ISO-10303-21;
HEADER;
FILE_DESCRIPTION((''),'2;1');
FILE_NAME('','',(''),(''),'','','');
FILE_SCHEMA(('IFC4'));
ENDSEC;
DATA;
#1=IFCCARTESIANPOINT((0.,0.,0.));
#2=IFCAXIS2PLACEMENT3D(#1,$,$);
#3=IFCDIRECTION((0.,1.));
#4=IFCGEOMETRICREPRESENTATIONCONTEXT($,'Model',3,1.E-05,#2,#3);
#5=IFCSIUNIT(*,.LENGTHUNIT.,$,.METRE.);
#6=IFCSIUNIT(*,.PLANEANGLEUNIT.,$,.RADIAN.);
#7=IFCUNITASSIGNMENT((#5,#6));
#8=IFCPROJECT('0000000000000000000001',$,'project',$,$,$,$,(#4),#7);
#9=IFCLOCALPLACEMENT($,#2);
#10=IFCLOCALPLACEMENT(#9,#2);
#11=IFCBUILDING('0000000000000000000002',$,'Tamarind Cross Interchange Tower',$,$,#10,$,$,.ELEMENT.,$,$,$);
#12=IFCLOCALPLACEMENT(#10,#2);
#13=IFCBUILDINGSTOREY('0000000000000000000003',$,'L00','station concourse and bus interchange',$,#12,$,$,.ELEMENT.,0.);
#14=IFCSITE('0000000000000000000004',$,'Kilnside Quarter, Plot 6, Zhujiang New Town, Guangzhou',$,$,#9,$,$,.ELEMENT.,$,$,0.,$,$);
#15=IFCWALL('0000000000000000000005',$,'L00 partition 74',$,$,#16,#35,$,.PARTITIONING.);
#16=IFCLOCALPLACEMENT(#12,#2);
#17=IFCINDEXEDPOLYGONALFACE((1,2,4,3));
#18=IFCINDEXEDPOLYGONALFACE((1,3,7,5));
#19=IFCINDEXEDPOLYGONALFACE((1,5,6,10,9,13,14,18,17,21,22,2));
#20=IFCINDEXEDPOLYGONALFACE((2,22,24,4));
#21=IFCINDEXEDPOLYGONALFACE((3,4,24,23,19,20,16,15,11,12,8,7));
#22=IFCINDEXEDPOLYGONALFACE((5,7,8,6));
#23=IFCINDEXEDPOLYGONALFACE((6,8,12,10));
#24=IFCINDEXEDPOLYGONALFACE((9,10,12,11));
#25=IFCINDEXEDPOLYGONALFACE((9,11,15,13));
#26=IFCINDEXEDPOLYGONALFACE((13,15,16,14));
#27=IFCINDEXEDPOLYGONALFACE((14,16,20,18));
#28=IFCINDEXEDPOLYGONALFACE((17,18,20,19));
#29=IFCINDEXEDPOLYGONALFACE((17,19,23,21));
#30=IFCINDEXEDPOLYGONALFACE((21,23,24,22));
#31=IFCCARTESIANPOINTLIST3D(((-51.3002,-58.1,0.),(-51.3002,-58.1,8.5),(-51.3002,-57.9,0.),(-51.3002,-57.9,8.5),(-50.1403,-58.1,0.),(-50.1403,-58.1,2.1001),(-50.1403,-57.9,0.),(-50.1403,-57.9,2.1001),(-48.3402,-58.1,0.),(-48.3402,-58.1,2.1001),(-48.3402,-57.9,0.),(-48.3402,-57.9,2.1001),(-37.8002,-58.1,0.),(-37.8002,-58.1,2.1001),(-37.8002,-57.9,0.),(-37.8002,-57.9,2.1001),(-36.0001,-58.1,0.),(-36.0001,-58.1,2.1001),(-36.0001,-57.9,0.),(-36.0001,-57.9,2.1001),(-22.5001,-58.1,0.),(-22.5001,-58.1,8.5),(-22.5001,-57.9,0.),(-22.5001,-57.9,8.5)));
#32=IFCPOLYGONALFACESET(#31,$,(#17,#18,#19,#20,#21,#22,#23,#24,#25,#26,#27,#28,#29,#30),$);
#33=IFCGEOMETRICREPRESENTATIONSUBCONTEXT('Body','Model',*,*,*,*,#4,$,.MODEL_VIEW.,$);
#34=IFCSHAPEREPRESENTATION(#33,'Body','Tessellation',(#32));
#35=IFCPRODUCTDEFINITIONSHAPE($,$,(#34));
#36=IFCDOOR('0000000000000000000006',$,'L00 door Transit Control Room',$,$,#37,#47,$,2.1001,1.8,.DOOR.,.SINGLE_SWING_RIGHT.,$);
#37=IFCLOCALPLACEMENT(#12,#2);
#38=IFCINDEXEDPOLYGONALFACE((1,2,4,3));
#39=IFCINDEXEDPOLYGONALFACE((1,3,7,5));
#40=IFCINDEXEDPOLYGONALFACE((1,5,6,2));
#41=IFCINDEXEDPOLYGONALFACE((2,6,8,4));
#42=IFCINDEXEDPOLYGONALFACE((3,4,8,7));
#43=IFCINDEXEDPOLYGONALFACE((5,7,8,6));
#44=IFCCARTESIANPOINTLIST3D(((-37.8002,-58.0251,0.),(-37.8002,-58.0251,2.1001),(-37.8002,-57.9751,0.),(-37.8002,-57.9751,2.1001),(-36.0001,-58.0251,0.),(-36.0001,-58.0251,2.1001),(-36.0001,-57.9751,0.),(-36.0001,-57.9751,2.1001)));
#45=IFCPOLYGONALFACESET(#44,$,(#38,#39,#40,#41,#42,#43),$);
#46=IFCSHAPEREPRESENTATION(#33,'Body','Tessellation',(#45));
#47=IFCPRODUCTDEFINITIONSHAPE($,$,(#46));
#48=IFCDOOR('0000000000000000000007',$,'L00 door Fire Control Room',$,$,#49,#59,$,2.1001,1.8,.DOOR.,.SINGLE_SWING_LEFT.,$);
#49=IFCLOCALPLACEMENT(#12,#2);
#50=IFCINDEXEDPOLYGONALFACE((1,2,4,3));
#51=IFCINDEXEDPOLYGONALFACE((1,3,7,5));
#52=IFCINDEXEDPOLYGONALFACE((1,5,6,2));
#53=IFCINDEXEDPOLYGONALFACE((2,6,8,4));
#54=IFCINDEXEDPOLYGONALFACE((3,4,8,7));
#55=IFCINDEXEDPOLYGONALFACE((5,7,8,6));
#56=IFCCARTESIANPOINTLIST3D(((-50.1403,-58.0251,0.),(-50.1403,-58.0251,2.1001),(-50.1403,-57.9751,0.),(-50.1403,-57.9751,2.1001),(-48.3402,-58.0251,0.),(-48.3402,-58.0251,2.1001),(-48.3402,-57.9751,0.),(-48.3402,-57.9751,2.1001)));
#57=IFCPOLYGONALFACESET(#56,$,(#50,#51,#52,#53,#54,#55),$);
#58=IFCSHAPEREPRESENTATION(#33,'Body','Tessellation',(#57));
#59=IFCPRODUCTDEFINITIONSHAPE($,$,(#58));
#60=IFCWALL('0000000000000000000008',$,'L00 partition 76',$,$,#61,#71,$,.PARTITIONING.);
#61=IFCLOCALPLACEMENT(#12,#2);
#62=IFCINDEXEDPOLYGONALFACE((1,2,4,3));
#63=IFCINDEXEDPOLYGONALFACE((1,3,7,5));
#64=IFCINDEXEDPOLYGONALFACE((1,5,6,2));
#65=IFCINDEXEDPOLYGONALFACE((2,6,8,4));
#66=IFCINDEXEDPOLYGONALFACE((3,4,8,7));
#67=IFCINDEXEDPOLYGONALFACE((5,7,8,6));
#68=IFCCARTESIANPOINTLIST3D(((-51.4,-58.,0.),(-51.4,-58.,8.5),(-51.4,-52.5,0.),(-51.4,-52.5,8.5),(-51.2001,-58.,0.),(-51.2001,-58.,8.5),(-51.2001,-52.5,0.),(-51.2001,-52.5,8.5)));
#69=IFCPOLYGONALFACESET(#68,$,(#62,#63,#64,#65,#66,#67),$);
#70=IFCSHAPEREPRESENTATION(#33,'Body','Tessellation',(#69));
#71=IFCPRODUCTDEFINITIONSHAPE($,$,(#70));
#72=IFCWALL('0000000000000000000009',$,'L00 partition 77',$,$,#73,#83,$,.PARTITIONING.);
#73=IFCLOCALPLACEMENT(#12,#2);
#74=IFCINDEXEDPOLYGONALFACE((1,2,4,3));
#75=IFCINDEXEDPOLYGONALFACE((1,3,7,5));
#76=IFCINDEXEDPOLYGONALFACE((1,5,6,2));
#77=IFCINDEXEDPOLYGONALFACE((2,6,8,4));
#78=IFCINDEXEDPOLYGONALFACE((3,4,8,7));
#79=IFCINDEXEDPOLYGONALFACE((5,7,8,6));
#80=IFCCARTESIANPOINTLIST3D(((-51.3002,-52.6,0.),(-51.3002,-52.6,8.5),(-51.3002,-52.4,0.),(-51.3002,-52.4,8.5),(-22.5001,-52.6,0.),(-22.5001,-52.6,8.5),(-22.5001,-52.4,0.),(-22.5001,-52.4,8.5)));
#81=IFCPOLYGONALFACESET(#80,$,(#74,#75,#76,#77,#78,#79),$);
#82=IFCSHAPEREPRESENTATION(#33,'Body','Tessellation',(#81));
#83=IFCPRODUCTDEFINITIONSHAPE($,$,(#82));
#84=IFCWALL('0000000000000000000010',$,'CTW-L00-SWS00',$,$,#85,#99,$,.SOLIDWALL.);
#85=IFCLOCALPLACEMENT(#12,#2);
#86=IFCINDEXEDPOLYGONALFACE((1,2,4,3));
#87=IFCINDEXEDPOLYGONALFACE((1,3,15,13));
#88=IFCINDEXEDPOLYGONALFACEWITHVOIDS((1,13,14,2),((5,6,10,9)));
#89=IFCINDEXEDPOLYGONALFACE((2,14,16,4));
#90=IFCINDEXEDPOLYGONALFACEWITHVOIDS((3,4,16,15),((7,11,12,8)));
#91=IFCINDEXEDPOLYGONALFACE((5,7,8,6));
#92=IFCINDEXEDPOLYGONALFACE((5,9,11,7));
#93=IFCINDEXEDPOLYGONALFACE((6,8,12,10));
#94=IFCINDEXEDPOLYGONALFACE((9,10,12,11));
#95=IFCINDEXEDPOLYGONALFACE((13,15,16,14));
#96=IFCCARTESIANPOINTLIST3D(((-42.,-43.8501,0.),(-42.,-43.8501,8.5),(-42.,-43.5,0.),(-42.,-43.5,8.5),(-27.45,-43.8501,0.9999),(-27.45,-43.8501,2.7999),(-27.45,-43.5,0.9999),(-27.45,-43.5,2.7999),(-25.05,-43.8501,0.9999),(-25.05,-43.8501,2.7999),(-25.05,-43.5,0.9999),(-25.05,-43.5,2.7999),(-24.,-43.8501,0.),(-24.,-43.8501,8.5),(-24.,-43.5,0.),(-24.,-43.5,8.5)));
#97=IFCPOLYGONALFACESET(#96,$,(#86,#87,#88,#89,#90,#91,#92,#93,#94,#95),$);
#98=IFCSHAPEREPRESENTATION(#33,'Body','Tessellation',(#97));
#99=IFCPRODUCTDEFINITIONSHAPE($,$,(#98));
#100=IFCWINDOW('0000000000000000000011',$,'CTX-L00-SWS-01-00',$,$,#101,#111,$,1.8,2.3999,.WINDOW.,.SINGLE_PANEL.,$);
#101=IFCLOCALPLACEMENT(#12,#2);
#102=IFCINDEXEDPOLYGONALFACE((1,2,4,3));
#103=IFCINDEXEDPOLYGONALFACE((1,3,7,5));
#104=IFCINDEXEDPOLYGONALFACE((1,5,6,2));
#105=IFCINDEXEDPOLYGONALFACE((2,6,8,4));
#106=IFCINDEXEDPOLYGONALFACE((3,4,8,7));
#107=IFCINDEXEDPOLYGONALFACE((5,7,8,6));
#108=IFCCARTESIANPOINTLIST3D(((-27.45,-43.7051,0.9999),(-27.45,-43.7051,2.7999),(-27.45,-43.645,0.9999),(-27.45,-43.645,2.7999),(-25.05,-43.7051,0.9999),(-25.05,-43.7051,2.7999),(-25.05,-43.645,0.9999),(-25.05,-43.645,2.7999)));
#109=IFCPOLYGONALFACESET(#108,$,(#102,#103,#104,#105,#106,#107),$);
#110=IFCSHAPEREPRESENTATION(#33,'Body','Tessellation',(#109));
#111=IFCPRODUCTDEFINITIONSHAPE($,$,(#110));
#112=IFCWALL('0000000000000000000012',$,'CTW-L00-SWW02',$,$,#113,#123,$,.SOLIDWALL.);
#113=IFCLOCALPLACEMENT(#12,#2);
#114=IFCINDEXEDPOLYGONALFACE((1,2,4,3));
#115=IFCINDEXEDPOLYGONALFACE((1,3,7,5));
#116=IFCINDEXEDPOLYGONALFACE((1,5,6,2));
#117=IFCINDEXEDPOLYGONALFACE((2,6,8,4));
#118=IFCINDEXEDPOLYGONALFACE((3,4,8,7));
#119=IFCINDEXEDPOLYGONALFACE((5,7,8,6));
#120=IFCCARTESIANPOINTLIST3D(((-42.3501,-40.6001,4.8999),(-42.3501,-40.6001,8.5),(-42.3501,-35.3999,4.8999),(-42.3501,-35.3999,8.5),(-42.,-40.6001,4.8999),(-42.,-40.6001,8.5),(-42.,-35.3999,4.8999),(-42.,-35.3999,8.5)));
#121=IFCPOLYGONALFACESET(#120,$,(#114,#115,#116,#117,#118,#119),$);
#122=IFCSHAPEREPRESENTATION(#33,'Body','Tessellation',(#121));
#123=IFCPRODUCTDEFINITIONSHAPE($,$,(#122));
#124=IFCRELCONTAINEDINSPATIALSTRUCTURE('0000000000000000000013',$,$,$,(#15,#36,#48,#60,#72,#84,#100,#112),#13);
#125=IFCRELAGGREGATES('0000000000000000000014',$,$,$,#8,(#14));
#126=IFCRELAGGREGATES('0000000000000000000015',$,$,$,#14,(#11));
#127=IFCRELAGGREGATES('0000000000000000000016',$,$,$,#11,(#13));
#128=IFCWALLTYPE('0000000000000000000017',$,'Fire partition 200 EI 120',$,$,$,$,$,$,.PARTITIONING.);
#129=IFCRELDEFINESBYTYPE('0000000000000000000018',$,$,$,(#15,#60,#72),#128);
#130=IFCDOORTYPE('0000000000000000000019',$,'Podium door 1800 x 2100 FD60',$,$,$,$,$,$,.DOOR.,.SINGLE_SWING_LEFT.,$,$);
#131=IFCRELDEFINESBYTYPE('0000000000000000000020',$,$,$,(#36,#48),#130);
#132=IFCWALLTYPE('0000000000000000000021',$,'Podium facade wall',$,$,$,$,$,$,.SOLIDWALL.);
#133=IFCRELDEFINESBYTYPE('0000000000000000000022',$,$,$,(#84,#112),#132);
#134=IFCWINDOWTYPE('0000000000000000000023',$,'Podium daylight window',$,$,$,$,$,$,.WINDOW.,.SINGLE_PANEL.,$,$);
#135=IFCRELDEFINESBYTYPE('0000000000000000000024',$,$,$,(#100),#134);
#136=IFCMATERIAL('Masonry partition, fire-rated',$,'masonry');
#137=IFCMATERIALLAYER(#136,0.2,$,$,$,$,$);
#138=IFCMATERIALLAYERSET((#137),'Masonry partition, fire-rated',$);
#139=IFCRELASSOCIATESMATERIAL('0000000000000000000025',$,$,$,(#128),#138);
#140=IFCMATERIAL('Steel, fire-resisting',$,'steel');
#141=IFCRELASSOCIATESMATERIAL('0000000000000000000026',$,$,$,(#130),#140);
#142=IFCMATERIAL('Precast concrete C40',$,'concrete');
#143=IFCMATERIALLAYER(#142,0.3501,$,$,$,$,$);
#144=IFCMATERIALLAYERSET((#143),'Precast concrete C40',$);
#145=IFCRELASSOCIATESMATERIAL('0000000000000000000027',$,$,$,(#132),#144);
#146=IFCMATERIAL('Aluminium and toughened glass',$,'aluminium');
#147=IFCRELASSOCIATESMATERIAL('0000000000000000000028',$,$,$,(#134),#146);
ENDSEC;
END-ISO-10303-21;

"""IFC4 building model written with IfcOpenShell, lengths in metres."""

from ifc_helpers import new_model, si_unit, direction, frame, frame_2d, origin, place, context, subcontext, project, spatial, rectangle, extrude, material, layer, layer_set, type_object, element, fill, save


model = new_model("IFC4")

# Units and contexts
model_context = context("Model", 3, precision=1e-05, world=origin(), true_north=direction((0.0, 1.0)))
body_context = subcontext(model_context, "Body", "Model", "MODEL_VIEW")
ifc_project = project(units=[si_unit("LENGTHUNIT", "METRE"), si_unit("PLANEANGLEUNIT", "RADIAN")], contexts=[model_context])

# Site, building, storey
site_placement = place(None, origin())
site = spatial("IfcSite", under=ifc_project, at=site_placement, Name="Kilnside Quarter, Plot 6, Zhujiang New Town, Guangzhou", CompositionType="ELEMENT", RefElevation=0.0)
building_placement = place(site_placement, origin())
building = spatial("IfcBuilding", under=site, at=building_placement, Name="Tamarind Cross Interchange Tower", CompositionType="ELEMENT")
storey_placement = place(building_placement, origin())
storey = spatial("IfcBuildingStorey", under=building, at=storey_placement, Name="L00", Description="station concourse and bus interchange", CompositionType="ELEMENT", Elevation=0.0)

# Shared definitions
ifc_material_1 = material(Name="Precast concrete C40", Category="concrete")

# Wall, openings, doors
ifc_material_2 = material(Name="Masonry partition, fire-rated", Category="masonry")
ifc_layer_1 = layer(ifc_material_2, 0.2)
ifc_layer_set_1 = layer_set([ifc_layer_1], Name="Masonry partition, fire-rated")
wall_type_1 = type_object("IfcWallType", Name="Fire partition 200 EI 120", PredefinedType="PARTITIONING", material=ifc_layer_set_1)
wall_1_placement = place(storey_placement, frame((-51.3, -58.0, 0.0), z_axis=(0.0, 0.0, 1.0), x_axis=(1.0, 0.0, 0.0)))
wall_1 = element("IfcWall", 1, at=wall_1_placement, inside=storey, type_object=wall_type_1, Name="L00 partition 74", PredefinedType="PARTITIONING", context=body_context, shape_type="SweptSolid", body=[
    extrude(rectangle(XDim=28.8, YDim=0.2, at=frame_2d((14.3999, 0.0))), origin(), (0.0, 0.0, 1.0), 8.5),
])
opening_1_placement = place(wall_1_placement, frame((13.5, 0.0, 0.0)))
opening_1 = element("IfcOpeningElement", 2, at=opening_1_placement, cuts=wall_1, PredefinedType="OPENING", context=body_context, shape_type="SweptSolid", body=[
    extrude(rectangle(XDim=1.8, YDim=2.1001, at=frame_2d((0.8999, 1.05))), frame((0.0, 0.1099, 0.0), z_axis=(0.0, -1.0, 0.0), x_axis=(1.0, 0.0, 0.0)), (0.0, 0.0, 1.0), 0.22),
])
opening_2_placement = place(wall_1_placement, frame((1.1599, 0.0, 0.0)))
opening_2 = element("IfcOpeningElement", 3, at=opening_2_placement, cuts=wall_1, PredefinedType="OPENING", context=body_context, shape_type="SweptSolid", body=[
    extrude(rectangle(XDim=1.8, YDim=2.1001, at=frame_2d((0.8999, 1.05))), frame((0.0, 0.1099, 0.0), z_axis=(0.0, -1.0, 0.0), x_axis=(1.0, 0.0, 0.0)), (0.0, 0.0, 1.0), 0.22),
])
ifc_material_3 = material(Name="Steel, fire-resisting", Category="steel")
door_type_1 = type_object("IfcDoorType", Name="Podium door 1800 x 2100 FD60", OperationType="SINGLE_SWING_LEFT", PredefinedType="DOOR", material=ifc_material_3)
door_1_placement = place(opening_1_placement, origin())
door_1 = element("IfcDoor", 4, at=door_1_placement, inside=storey, type_object=door_type_1, Name="L00 door Transit Control Room", OperationType="SINGLE_SWING_RIGHT", OverallHeight=2.1001, OverallWidth=1.8, PredefinedType="DOOR", context=body_context, shape_type="SweptSolid", body=[
    extrude(rectangle(XDim=1.8, YDim=2.1001, at=frame_2d((0.8999, 1.05))), frame((0.0, 0.0249, 0.0), z_axis=(0.0, -1.0, 0.0), x_axis=(1.0, 0.0, 0.0)), (0.0, 0.0, 1.0), 0.05),
])
fill(opening_1, door_1)
door_2_placement = place(opening_2_placement, origin())
door_2 = element("IfcDoor", 5, at=door_2_placement, inside=storey, type_object=door_type_1, Name="L00 door Fire Control Room", OperationType="SINGLE_SWING_LEFT", OverallHeight=2.1001, OverallWidth=1.8, PredefinedType="DOOR", context=body_context, shape_type="SweptSolid", body=[
    extrude(rectangle(XDim=1.8, YDim=2.1001, at=frame_2d((0.8999, 1.05))), frame((0.0, 0.0249, 0.0), z_axis=(0.0, -1.0, 0.0), x_axis=(1.0, 0.0, 0.0)), (0.0, 0.0, 1.0), 0.05),
])
fill(opening_2, door_2)

# Walls
wall_2_placement = place(storey_placement, frame((-51.3, -58.0, 0.0), z_axis=(0.0, 0.0, 1.0), x_axis=(0.0, 1.0, 0.0)))
element("IfcWall", 6, at=wall_2_placement, inside=storey, type_object=wall_type_1, Name="L00 partition 76", PredefinedType="PARTITIONING", context=body_context, shape_type="SweptSolid", body=[
    extrude(rectangle(XDim=5.5, YDim=0.2, at=frame_2d((2.75, 0.0))), origin(), (0.0, 0.0, 1.0), 8.5),
])
wall_3_placement = place(storey_placement, frame((-51.3, -52.5, 0.0), z_axis=(0.0, 0.0, 1.0), x_axis=(1.0, 0.0, 0.0)))
element("IfcWall", 7, at=wall_3_placement, inside=storey, type_object=wall_type_1, Name="L00 partition 77", PredefinedType="PARTITIONING", context=body_context, shape_type="SweptSolid", body=[
    extrude(rectangle(XDim=28.8, YDim=0.2, at=frame_2d((14.3999, 0.0))), origin(), (0.0, 0.0, 1.0), 8.5),
])

# Shared definitions
ifc_layer_2 = layer(ifc_material_1, 0.3501)
ifc_layer_set_2 = layer_set([ifc_layer_2], Name="Precast concrete C40")
wall_type_2 = type_object("IfcWallType", Name="Podium facade wall", PredefinedType="SOLIDWALL", material=ifc_layer_set_2)

# Wall, opening, window
wall_4_placement = place(storey_placement, frame((-42.0, -43.675, 0.0), z_axis=(0.0, 0.0, 1.0), x_axis=(1.0, 0.0, 0.0)))
wall_4 = element("IfcWall", 8, at=wall_4_placement, inside=storey, type_object=wall_type_2, Name="CTW-L00-SWS00", PredefinedType="SOLIDWALL", context=body_context, shape_type="SweptSolid", body=[
    extrude(rectangle(XDim=18.0, YDim=0.3501, at=frame_2d((9.0, 0.0))), origin(), (0.0, 0.0, 1.0), 8.5),
])
opening_3_placement = place(wall_4_placement, frame((14.55, 0.0, 1.0)))
opening_3 = element("IfcOpeningElement", 9, at=opening_3_placement, cuts=wall_4, PredefinedType="OPENING", context=body_context, shape_type="SweptSolid", body=[
    extrude(rectangle(XDim=2.3999, YDim=1.8, at=frame_2d((1.2, 0.8999))), frame((0.0, 0.1851, 0.0), z_axis=(0.0, -1.0, 0.0), x_axis=(1.0, 0.0, 0.0)), (0.0, 0.0, 1.0), 0.3701),
])
ifc_material_4 = material(Name="Aluminium and toughened glass", Category="aluminium")
window_type = type_object("IfcWindowType", Name="Podium daylight window", PartitioningType="SINGLE_PANEL", PredefinedType="WINDOW", material=ifc_material_4)
window_placement = place(opening_3_placement, origin())
window = element("IfcWindow", 10, at=window_placement, inside=storey, type_object=window_type, Name="CTX-L00-SWS-01-00", OverallHeight=1.8, OverallWidth=2.3999, PartitioningType="SINGLE_PANEL", PredefinedType="WINDOW", context=body_context, shape_type="SweptSolid", body=[
    extrude(rectangle(XDim=2.3999, YDim=1.8, at=frame_2d((1.2, 0.8999))), frame((0.0, 0.03, 0.0), z_axis=(0.0, -1.0, 0.0), x_axis=(1.0, 0.0, 0.0)), (0.0, 0.0, 1.0), 0.0601),
])
fill(opening_3, window)

# Wall
wall_5_placement = place(storey_placement, frame((-42.175, -40.6001, 4.8999), z_axis=(0.0, 0.0, 1.0), x_axis=(0.0, 1.0, 0.0)))
element("IfcWall", 11, at=wall_5_placement, inside=storey, type_object=wall_type_2, Name="CTW-L00-SWW02", PredefinedType="SOLIDWALL", context=body_context, shape_type="SweptSolid", body=[
    extrude(rectangle(XDim=5.2002, YDim=0.3501, at=frame_2d((2.6001, 0.0))), origin(), (0.0, 0.0, 1.0), 3.6001),
])

save(model, "model.ifc")
